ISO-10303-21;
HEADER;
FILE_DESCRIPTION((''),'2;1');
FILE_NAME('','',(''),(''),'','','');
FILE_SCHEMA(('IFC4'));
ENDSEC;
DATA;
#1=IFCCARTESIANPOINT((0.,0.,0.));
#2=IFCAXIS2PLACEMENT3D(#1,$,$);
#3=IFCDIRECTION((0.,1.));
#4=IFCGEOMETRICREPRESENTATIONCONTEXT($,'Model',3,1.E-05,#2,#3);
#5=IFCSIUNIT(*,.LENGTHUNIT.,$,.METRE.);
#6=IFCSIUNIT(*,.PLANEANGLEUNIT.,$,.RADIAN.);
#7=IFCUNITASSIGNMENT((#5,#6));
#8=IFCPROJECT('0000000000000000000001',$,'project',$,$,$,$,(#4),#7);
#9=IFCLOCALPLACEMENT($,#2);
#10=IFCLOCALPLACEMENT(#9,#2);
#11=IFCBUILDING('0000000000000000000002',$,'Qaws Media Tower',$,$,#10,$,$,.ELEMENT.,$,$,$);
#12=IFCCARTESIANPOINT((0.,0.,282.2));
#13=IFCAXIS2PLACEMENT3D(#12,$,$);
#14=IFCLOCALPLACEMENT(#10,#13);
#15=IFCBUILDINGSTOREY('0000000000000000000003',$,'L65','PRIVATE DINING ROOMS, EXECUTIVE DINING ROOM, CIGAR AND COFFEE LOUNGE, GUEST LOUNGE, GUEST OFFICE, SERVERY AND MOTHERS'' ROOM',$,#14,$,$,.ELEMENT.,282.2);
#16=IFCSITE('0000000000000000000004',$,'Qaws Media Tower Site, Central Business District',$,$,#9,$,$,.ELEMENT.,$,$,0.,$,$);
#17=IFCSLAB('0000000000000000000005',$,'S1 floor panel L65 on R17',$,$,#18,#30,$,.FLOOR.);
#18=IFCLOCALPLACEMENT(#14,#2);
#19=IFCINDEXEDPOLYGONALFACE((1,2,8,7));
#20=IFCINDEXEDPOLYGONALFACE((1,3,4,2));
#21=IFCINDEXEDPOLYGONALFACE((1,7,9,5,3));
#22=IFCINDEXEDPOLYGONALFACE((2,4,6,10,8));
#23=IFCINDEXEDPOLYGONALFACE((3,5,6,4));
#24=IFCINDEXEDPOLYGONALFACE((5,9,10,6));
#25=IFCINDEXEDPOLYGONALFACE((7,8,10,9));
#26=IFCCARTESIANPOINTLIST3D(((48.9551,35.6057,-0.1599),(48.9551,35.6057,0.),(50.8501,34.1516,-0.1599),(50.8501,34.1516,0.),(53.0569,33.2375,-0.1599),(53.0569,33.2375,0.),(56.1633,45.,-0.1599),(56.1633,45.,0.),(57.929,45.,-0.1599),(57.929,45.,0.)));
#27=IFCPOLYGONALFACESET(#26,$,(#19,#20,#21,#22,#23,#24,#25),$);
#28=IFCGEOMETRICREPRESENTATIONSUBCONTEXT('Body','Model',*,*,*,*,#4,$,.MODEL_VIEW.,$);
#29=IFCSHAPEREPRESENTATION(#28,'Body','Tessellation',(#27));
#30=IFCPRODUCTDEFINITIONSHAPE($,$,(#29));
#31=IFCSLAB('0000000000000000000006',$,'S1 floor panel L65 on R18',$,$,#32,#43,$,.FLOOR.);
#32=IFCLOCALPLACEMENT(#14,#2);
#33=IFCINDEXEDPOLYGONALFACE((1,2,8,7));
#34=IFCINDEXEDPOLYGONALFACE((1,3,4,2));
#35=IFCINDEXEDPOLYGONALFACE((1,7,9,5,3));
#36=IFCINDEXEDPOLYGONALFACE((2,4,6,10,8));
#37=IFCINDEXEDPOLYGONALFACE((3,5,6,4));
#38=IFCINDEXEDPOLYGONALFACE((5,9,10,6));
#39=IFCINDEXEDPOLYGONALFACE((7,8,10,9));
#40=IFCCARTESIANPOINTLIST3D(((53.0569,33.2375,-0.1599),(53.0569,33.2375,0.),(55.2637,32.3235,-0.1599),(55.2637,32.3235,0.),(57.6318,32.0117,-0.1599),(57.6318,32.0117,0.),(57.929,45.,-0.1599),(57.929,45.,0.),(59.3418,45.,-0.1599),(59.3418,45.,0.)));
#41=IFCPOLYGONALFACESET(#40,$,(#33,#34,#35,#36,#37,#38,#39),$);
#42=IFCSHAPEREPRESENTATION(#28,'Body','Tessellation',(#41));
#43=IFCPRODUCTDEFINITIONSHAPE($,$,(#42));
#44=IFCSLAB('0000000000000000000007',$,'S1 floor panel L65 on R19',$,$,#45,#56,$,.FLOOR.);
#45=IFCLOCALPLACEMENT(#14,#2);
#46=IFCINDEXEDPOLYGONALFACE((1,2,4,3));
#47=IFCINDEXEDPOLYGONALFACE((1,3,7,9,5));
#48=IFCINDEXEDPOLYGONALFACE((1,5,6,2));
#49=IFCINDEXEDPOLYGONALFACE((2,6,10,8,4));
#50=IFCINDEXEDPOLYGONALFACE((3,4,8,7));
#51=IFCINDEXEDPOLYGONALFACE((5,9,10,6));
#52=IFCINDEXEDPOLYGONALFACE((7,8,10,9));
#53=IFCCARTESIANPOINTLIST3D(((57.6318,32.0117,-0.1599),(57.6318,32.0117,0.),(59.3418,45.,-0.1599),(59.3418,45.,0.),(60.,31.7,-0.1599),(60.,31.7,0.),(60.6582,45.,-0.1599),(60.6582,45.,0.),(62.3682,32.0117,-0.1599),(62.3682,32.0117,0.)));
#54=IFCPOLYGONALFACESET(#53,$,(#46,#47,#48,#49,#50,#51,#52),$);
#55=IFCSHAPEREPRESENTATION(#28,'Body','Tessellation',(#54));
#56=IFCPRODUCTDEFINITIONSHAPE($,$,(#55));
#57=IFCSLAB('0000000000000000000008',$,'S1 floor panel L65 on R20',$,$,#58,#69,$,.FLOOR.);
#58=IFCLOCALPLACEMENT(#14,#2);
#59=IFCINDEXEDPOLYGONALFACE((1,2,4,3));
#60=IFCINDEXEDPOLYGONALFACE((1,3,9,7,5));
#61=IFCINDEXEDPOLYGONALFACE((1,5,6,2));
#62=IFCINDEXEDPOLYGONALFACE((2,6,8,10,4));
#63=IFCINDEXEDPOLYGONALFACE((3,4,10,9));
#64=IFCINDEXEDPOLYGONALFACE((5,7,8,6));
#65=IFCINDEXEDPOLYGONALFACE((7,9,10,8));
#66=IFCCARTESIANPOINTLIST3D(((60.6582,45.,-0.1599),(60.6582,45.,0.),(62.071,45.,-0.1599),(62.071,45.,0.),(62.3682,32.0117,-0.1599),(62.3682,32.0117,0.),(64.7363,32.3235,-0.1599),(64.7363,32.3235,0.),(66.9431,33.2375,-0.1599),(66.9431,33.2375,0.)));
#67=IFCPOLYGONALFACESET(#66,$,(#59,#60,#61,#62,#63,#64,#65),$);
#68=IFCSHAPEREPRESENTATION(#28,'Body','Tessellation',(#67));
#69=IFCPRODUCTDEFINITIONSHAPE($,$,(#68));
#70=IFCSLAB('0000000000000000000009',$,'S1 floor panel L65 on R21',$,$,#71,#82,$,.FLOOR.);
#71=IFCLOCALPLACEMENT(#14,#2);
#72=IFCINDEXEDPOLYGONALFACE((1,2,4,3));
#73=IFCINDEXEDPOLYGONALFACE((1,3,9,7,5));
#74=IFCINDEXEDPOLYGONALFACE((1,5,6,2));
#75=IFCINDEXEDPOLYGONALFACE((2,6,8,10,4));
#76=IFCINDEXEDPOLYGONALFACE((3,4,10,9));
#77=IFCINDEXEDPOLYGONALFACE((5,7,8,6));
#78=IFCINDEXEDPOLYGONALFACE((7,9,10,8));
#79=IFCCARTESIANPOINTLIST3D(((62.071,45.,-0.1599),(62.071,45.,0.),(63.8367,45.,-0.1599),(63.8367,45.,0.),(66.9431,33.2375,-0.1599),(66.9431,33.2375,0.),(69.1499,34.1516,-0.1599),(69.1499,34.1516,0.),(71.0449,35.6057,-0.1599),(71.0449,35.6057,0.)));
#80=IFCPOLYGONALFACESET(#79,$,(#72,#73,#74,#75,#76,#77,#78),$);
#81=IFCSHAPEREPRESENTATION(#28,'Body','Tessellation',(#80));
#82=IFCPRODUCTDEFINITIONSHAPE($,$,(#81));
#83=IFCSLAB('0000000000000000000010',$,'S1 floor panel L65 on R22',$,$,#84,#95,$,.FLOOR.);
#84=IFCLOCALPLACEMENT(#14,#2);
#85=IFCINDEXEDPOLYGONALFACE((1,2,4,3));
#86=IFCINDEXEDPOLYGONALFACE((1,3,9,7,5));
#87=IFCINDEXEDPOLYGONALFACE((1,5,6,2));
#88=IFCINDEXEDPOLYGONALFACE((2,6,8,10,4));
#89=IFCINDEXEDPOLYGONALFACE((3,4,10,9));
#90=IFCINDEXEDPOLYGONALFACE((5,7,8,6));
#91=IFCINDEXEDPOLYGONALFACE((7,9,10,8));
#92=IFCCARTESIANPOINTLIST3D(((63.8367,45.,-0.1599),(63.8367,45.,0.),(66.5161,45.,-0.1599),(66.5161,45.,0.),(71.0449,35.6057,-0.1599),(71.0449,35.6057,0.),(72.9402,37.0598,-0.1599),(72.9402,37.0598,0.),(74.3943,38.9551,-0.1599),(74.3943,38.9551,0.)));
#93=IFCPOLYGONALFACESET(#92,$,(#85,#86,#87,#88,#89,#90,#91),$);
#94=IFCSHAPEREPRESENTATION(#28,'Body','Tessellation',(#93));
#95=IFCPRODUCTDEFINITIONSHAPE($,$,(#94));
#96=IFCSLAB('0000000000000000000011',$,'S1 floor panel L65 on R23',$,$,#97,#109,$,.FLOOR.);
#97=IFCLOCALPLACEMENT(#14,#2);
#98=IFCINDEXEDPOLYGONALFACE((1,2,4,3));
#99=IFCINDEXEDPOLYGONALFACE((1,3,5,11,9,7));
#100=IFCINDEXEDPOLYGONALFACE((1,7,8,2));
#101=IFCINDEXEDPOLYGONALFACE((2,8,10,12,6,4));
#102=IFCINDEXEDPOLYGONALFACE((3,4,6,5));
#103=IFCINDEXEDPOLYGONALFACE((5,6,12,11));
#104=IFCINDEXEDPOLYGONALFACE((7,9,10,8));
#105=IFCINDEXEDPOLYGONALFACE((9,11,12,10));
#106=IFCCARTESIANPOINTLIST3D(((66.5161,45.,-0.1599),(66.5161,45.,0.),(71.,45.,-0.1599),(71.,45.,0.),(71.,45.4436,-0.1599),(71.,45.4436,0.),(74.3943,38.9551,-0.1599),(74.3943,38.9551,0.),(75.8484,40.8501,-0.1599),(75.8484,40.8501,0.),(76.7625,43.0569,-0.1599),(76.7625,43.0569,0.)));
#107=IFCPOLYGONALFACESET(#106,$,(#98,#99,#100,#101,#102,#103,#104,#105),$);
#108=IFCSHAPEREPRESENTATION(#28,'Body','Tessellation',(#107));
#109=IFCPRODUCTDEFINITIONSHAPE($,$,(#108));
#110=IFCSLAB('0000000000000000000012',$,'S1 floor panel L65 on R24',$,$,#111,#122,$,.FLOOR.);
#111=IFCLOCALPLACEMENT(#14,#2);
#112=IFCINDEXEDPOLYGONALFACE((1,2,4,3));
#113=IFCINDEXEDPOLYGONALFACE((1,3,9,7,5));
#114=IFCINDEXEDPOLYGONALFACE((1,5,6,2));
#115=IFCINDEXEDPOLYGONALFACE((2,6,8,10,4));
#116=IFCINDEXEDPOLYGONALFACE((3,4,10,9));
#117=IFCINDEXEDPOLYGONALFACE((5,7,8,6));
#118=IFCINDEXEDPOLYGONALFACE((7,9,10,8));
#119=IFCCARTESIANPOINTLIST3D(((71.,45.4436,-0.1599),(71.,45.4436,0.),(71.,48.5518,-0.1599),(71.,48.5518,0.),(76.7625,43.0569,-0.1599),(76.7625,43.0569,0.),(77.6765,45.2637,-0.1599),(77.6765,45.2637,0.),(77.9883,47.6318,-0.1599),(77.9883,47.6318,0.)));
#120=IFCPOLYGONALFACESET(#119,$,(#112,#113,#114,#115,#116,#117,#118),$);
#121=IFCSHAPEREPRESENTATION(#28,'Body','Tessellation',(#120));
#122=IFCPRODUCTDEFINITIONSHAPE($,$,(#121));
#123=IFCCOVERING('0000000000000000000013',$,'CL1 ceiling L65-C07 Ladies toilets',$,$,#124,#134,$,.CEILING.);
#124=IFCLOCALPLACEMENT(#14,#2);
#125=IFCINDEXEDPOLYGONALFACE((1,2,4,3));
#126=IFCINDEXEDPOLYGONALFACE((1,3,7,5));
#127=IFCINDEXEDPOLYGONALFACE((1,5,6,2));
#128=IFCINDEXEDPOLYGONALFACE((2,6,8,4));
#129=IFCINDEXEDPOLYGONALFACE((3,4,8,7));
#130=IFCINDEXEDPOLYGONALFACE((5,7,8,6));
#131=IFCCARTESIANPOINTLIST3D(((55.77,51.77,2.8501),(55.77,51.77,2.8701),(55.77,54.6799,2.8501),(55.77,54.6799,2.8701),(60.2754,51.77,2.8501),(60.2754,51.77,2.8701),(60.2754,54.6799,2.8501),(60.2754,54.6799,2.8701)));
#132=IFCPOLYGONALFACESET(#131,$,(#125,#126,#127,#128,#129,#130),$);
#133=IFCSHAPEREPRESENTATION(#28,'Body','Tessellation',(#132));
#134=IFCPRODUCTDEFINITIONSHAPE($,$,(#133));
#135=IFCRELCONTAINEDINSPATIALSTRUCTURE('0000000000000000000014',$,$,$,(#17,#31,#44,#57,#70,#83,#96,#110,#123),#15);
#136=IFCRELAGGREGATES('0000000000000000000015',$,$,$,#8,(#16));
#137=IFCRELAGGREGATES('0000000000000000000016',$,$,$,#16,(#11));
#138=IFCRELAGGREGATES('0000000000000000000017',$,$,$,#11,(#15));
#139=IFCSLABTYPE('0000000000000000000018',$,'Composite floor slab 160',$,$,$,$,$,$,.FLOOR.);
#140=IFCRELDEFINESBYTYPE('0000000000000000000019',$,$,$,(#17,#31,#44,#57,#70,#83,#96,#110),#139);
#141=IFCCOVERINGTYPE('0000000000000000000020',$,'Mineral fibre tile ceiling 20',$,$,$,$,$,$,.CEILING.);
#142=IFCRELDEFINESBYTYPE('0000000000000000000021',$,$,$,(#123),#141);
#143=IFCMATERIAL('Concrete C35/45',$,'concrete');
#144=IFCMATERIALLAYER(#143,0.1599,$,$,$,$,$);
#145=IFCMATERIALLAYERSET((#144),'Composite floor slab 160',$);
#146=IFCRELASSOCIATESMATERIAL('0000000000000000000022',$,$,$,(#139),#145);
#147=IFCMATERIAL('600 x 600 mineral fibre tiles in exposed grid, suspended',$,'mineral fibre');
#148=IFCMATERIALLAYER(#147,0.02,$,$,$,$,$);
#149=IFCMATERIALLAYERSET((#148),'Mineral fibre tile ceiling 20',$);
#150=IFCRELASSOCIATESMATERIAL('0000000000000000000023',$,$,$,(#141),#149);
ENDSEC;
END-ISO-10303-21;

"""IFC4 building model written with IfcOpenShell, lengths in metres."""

from ifc_helpers import new_model, si_unit, direction, frame, origin, place, context, subcontext, project, spatial, polyline, outline, extrude, material, layer, layer_set, type_object, element, save


model = new_model("IFC4")

# Units and contexts
model_context = context("Model", 3, precision=1e-05, world=origin(), true_north=direction((0.0, 1.0)))
body_context = subcontext(model_context, "Body", "Model", "MODEL_VIEW")
ifc_project = project(units=[si_unit("LENGTHUNIT", "METRE"), si_unit("PLANEANGLEUNIT", "RADIAN")], contexts=[model_context])

# Site, building, storey
site_placement = place(None, origin())
site = spatial("IfcSite", under=ifc_project, at=site_placement, Name="Qaws Media Tower Site, Central Business District", CompositionType="ELEMENT", RefElevation=0.0)
building_placement = place(site_placement, origin())
building = spatial("IfcBuilding", under=site, at=building_placement, Name="Qaws Media Tower", CompositionType="ELEMENT")
storey_placement = place(building_placement, frame((0.0, 0.0, 282.2)))
storey = spatial("IfcBuildingStorey", under=building, at=storey_placement, Name="L65", Description="PRIVATE DINING ROOMS, EXECUTIVE DINING ROOM, CIGAR AND COFFEE LOUNGE, GUEST LOUNGE, GUEST OFFICE, SERVERY AND MOTHERS' ROOM", CompositionType="ELEMENT", Elevation=282.2)

# Slabs
ifc_material_1 = material(Name="Concrete C35/45", Category="concrete")
ifc_layer_1 = layer(ifc_material_1, 0.1599)
ifc_layer_set_1 = layer_set([ifc_layer_1], Name="Composite floor slab 160")
slab_type_1 = type_object("IfcSlabType", Name="Composite floor slab 160", PredefinedType="FLOOR", material=ifc_layer_set_1)
slab_1_placement = place(storey_placement, frame((0.0, 0.0, -0.1599)))
element("IfcSlab", 1, at=slab_1_placement, inside=storey, type_object=slab_type_1, Name="S1 floor panel L65 on R17", PredefinedType="FLOOR", context=body_context, shape_type="SweptSolid", body=[
    extrude(outline(polyline([(50.8501, 34.1516), (48.9551, 35.6057), (56.1633, 45.0), (57.929, 45.0), (53.0569, 33.2375), (50.8501, 34.1516)])), origin(), (0.0, 0.0, 1.0), 0.1599),
])
slab_2_placement = place(storey_placement, frame((0.0, 0.0, -0.1599)))
element("IfcSlab", 2, at=slab_2_placement, inside=storey, type_object=slab_type_1, Name="S1 floor panel L65 on R18", PredefinedType="FLOOR", context=body_context, shape_type="SweptSolid", body=[
    extrude(outline(polyline([(55.2637, 32.3235), (53.0569, 33.2375), (57.929, 45.0), (59.3418, 45.0), (57.6318, 32.0117), (55.2637, 32.3235)])), origin(), (0.0, 0.0, 1.0), 0.1599),
])
slab_3_placement = place(storey_placement, frame((0.0, 0.0, -0.1599)))
element("IfcSlab", 3, at=slab_3_placement, inside=storey, type_object=slab_type_1, Name="S1 floor panel L65 on R19", PredefinedType="FLOOR", context=body_context, shape_type="SweptSolid", body=[
    extrude(outline(polyline([(60.0, 31.7), (57.6318, 32.0117), (59.3418, 45.0), (60.6582, 45.0), (62.3682, 32.0117), (60.0, 31.7)])), origin(), (0.0, 0.0, 1.0), 0.1599),
])
slab_4_placement = place(storey_placement, frame((0.0, 0.0, -0.1599)))
element("IfcSlab", 4, at=slab_4_placement, inside=storey, type_object=slab_type_1, Name="S1 floor panel L65 on R20", PredefinedType="FLOOR", context=body_context, shape_type="SweptSolid", body=[
    extrude(outline(polyline([(64.7363, 32.3235), (62.3682, 32.0117), (60.6582, 45.0), (62.071, 45.0), (66.9431, 33.2375), (64.7363, 32.3235)])), origin(), (0.0, 0.0, 1.0), 0.1599),
])
slab_5_placement = place(storey_placement, frame((0.0, 0.0, -0.1599)))
element("IfcSlab", 5, at=slab_5_placement, inside=storey, type_object=slab_type_1, Name="S1 floor panel L65 on R21", PredefinedType="FLOOR", context=body_context, shape_type="SweptSolid", body=[
    extrude(outline(polyline([(69.1499, 34.1516), (66.9431, 33.2375), (62.071, 45.0), (63.8367, 45.0), (71.0449, 35.6057), (69.1499, 34.1516)])), origin(), (0.0, 0.0, 1.0), 0.1599),
])
slab_6_placement = place(storey_placement, frame((0.0, 0.0, -0.1599)))
element("IfcSlab", 6, at=slab_6_placement, inside=storey, type_object=slab_type_1, Name="S1 floor panel L65 on R22", PredefinedType="FLOOR", context=body_context, shape_type="SweptSolid", body=[
    extrude(outline(polyline([(72.9402, 37.0598), (71.0449, 35.6057), (63.8367, 45.0), (66.5161, 45.0), (74.3943, 38.9551), (72.9402, 37.0598)])), origin(), (0.0, 0.0, 1.0), 0.1599),
])
slab_7_placement = place(storey_placement, frame((0.0, 0.0, -0.1599)))
element("IfcSlab", 7, at=slab_7_placement, inside=storey, type_object=slab_type_1, Name="S1 floor panel L65 on R23", PredefinedType="FLOOR", context=body_context, shape_type="SweptSolid", body=[
    extrude(outline(polyline([(75.8484, 40.8501), (74.3943, 38.9551), (66.5161, 45.0), (71.0, 45.0), (71.0, 45.4436), (76.7625, 43.0569), (75.8484, 40.8501)])), origin(), (0.0, 0.0, 1.0), 0.1599),
])
slab_8_placement = place(storey_placement, frame((0.0, 0.0, -0.1599)))
element("IfcSlab", 8, at=slab_8_placement, inside=storey, type_object=slab_type_1, Name="S1 floor panel L65 on R24", PredefinedType="FLOOR", context=body_context, shape_type="SweptSolid", body=[
    extrude(outline(polyline([(76.7625, 43.0569), (71.0, 45.4436), (71.0, 48.5518), (77.9883, 47.6318), (77.6765, 45.2637), (76.7625, 43.0569)])), origin(), (0.0, 0.0, 1.0), 0.1599),
])

# Covering
ifc_material_2 = material(Name="600 x 600 mineral fibre tiles in exposed grid, suspended", Category="mineral fibre")
ifc_layer_2 = layer(ifc_material_2, 0.02)
ifc_layer_set_2 = layer_set([ifc_layer_2], Name="Mineral fibre tile ceiling 20")
covering_type = type_object("IfcCoveringType", Name="Mineral fibre tile ceiling 20", PredefinedType="CEILING", material=ifc_layer_set_2)
covering_placement = place(storey_placement, frame((0.0, 0.0, 2.8501)))
element("IfcCovering", 9, at=covering_placement, inside=storey, type_object=covering_type, Name="CL1 ceiling L65-C07 Ladies toilets", PredefinedType="CEILING", context=body_context, shape_type="SweptSolid", body=[
    extrude(outline(polyline([(55.77, 51.77), (55.77, 54.6799), (60.2754, 54.6799), (60.2754, 51.77), (55.77, 51.77)])), origin(), (0.0, 0.0, 1.0), 0.02),
])

save(model, "model.ifc")
